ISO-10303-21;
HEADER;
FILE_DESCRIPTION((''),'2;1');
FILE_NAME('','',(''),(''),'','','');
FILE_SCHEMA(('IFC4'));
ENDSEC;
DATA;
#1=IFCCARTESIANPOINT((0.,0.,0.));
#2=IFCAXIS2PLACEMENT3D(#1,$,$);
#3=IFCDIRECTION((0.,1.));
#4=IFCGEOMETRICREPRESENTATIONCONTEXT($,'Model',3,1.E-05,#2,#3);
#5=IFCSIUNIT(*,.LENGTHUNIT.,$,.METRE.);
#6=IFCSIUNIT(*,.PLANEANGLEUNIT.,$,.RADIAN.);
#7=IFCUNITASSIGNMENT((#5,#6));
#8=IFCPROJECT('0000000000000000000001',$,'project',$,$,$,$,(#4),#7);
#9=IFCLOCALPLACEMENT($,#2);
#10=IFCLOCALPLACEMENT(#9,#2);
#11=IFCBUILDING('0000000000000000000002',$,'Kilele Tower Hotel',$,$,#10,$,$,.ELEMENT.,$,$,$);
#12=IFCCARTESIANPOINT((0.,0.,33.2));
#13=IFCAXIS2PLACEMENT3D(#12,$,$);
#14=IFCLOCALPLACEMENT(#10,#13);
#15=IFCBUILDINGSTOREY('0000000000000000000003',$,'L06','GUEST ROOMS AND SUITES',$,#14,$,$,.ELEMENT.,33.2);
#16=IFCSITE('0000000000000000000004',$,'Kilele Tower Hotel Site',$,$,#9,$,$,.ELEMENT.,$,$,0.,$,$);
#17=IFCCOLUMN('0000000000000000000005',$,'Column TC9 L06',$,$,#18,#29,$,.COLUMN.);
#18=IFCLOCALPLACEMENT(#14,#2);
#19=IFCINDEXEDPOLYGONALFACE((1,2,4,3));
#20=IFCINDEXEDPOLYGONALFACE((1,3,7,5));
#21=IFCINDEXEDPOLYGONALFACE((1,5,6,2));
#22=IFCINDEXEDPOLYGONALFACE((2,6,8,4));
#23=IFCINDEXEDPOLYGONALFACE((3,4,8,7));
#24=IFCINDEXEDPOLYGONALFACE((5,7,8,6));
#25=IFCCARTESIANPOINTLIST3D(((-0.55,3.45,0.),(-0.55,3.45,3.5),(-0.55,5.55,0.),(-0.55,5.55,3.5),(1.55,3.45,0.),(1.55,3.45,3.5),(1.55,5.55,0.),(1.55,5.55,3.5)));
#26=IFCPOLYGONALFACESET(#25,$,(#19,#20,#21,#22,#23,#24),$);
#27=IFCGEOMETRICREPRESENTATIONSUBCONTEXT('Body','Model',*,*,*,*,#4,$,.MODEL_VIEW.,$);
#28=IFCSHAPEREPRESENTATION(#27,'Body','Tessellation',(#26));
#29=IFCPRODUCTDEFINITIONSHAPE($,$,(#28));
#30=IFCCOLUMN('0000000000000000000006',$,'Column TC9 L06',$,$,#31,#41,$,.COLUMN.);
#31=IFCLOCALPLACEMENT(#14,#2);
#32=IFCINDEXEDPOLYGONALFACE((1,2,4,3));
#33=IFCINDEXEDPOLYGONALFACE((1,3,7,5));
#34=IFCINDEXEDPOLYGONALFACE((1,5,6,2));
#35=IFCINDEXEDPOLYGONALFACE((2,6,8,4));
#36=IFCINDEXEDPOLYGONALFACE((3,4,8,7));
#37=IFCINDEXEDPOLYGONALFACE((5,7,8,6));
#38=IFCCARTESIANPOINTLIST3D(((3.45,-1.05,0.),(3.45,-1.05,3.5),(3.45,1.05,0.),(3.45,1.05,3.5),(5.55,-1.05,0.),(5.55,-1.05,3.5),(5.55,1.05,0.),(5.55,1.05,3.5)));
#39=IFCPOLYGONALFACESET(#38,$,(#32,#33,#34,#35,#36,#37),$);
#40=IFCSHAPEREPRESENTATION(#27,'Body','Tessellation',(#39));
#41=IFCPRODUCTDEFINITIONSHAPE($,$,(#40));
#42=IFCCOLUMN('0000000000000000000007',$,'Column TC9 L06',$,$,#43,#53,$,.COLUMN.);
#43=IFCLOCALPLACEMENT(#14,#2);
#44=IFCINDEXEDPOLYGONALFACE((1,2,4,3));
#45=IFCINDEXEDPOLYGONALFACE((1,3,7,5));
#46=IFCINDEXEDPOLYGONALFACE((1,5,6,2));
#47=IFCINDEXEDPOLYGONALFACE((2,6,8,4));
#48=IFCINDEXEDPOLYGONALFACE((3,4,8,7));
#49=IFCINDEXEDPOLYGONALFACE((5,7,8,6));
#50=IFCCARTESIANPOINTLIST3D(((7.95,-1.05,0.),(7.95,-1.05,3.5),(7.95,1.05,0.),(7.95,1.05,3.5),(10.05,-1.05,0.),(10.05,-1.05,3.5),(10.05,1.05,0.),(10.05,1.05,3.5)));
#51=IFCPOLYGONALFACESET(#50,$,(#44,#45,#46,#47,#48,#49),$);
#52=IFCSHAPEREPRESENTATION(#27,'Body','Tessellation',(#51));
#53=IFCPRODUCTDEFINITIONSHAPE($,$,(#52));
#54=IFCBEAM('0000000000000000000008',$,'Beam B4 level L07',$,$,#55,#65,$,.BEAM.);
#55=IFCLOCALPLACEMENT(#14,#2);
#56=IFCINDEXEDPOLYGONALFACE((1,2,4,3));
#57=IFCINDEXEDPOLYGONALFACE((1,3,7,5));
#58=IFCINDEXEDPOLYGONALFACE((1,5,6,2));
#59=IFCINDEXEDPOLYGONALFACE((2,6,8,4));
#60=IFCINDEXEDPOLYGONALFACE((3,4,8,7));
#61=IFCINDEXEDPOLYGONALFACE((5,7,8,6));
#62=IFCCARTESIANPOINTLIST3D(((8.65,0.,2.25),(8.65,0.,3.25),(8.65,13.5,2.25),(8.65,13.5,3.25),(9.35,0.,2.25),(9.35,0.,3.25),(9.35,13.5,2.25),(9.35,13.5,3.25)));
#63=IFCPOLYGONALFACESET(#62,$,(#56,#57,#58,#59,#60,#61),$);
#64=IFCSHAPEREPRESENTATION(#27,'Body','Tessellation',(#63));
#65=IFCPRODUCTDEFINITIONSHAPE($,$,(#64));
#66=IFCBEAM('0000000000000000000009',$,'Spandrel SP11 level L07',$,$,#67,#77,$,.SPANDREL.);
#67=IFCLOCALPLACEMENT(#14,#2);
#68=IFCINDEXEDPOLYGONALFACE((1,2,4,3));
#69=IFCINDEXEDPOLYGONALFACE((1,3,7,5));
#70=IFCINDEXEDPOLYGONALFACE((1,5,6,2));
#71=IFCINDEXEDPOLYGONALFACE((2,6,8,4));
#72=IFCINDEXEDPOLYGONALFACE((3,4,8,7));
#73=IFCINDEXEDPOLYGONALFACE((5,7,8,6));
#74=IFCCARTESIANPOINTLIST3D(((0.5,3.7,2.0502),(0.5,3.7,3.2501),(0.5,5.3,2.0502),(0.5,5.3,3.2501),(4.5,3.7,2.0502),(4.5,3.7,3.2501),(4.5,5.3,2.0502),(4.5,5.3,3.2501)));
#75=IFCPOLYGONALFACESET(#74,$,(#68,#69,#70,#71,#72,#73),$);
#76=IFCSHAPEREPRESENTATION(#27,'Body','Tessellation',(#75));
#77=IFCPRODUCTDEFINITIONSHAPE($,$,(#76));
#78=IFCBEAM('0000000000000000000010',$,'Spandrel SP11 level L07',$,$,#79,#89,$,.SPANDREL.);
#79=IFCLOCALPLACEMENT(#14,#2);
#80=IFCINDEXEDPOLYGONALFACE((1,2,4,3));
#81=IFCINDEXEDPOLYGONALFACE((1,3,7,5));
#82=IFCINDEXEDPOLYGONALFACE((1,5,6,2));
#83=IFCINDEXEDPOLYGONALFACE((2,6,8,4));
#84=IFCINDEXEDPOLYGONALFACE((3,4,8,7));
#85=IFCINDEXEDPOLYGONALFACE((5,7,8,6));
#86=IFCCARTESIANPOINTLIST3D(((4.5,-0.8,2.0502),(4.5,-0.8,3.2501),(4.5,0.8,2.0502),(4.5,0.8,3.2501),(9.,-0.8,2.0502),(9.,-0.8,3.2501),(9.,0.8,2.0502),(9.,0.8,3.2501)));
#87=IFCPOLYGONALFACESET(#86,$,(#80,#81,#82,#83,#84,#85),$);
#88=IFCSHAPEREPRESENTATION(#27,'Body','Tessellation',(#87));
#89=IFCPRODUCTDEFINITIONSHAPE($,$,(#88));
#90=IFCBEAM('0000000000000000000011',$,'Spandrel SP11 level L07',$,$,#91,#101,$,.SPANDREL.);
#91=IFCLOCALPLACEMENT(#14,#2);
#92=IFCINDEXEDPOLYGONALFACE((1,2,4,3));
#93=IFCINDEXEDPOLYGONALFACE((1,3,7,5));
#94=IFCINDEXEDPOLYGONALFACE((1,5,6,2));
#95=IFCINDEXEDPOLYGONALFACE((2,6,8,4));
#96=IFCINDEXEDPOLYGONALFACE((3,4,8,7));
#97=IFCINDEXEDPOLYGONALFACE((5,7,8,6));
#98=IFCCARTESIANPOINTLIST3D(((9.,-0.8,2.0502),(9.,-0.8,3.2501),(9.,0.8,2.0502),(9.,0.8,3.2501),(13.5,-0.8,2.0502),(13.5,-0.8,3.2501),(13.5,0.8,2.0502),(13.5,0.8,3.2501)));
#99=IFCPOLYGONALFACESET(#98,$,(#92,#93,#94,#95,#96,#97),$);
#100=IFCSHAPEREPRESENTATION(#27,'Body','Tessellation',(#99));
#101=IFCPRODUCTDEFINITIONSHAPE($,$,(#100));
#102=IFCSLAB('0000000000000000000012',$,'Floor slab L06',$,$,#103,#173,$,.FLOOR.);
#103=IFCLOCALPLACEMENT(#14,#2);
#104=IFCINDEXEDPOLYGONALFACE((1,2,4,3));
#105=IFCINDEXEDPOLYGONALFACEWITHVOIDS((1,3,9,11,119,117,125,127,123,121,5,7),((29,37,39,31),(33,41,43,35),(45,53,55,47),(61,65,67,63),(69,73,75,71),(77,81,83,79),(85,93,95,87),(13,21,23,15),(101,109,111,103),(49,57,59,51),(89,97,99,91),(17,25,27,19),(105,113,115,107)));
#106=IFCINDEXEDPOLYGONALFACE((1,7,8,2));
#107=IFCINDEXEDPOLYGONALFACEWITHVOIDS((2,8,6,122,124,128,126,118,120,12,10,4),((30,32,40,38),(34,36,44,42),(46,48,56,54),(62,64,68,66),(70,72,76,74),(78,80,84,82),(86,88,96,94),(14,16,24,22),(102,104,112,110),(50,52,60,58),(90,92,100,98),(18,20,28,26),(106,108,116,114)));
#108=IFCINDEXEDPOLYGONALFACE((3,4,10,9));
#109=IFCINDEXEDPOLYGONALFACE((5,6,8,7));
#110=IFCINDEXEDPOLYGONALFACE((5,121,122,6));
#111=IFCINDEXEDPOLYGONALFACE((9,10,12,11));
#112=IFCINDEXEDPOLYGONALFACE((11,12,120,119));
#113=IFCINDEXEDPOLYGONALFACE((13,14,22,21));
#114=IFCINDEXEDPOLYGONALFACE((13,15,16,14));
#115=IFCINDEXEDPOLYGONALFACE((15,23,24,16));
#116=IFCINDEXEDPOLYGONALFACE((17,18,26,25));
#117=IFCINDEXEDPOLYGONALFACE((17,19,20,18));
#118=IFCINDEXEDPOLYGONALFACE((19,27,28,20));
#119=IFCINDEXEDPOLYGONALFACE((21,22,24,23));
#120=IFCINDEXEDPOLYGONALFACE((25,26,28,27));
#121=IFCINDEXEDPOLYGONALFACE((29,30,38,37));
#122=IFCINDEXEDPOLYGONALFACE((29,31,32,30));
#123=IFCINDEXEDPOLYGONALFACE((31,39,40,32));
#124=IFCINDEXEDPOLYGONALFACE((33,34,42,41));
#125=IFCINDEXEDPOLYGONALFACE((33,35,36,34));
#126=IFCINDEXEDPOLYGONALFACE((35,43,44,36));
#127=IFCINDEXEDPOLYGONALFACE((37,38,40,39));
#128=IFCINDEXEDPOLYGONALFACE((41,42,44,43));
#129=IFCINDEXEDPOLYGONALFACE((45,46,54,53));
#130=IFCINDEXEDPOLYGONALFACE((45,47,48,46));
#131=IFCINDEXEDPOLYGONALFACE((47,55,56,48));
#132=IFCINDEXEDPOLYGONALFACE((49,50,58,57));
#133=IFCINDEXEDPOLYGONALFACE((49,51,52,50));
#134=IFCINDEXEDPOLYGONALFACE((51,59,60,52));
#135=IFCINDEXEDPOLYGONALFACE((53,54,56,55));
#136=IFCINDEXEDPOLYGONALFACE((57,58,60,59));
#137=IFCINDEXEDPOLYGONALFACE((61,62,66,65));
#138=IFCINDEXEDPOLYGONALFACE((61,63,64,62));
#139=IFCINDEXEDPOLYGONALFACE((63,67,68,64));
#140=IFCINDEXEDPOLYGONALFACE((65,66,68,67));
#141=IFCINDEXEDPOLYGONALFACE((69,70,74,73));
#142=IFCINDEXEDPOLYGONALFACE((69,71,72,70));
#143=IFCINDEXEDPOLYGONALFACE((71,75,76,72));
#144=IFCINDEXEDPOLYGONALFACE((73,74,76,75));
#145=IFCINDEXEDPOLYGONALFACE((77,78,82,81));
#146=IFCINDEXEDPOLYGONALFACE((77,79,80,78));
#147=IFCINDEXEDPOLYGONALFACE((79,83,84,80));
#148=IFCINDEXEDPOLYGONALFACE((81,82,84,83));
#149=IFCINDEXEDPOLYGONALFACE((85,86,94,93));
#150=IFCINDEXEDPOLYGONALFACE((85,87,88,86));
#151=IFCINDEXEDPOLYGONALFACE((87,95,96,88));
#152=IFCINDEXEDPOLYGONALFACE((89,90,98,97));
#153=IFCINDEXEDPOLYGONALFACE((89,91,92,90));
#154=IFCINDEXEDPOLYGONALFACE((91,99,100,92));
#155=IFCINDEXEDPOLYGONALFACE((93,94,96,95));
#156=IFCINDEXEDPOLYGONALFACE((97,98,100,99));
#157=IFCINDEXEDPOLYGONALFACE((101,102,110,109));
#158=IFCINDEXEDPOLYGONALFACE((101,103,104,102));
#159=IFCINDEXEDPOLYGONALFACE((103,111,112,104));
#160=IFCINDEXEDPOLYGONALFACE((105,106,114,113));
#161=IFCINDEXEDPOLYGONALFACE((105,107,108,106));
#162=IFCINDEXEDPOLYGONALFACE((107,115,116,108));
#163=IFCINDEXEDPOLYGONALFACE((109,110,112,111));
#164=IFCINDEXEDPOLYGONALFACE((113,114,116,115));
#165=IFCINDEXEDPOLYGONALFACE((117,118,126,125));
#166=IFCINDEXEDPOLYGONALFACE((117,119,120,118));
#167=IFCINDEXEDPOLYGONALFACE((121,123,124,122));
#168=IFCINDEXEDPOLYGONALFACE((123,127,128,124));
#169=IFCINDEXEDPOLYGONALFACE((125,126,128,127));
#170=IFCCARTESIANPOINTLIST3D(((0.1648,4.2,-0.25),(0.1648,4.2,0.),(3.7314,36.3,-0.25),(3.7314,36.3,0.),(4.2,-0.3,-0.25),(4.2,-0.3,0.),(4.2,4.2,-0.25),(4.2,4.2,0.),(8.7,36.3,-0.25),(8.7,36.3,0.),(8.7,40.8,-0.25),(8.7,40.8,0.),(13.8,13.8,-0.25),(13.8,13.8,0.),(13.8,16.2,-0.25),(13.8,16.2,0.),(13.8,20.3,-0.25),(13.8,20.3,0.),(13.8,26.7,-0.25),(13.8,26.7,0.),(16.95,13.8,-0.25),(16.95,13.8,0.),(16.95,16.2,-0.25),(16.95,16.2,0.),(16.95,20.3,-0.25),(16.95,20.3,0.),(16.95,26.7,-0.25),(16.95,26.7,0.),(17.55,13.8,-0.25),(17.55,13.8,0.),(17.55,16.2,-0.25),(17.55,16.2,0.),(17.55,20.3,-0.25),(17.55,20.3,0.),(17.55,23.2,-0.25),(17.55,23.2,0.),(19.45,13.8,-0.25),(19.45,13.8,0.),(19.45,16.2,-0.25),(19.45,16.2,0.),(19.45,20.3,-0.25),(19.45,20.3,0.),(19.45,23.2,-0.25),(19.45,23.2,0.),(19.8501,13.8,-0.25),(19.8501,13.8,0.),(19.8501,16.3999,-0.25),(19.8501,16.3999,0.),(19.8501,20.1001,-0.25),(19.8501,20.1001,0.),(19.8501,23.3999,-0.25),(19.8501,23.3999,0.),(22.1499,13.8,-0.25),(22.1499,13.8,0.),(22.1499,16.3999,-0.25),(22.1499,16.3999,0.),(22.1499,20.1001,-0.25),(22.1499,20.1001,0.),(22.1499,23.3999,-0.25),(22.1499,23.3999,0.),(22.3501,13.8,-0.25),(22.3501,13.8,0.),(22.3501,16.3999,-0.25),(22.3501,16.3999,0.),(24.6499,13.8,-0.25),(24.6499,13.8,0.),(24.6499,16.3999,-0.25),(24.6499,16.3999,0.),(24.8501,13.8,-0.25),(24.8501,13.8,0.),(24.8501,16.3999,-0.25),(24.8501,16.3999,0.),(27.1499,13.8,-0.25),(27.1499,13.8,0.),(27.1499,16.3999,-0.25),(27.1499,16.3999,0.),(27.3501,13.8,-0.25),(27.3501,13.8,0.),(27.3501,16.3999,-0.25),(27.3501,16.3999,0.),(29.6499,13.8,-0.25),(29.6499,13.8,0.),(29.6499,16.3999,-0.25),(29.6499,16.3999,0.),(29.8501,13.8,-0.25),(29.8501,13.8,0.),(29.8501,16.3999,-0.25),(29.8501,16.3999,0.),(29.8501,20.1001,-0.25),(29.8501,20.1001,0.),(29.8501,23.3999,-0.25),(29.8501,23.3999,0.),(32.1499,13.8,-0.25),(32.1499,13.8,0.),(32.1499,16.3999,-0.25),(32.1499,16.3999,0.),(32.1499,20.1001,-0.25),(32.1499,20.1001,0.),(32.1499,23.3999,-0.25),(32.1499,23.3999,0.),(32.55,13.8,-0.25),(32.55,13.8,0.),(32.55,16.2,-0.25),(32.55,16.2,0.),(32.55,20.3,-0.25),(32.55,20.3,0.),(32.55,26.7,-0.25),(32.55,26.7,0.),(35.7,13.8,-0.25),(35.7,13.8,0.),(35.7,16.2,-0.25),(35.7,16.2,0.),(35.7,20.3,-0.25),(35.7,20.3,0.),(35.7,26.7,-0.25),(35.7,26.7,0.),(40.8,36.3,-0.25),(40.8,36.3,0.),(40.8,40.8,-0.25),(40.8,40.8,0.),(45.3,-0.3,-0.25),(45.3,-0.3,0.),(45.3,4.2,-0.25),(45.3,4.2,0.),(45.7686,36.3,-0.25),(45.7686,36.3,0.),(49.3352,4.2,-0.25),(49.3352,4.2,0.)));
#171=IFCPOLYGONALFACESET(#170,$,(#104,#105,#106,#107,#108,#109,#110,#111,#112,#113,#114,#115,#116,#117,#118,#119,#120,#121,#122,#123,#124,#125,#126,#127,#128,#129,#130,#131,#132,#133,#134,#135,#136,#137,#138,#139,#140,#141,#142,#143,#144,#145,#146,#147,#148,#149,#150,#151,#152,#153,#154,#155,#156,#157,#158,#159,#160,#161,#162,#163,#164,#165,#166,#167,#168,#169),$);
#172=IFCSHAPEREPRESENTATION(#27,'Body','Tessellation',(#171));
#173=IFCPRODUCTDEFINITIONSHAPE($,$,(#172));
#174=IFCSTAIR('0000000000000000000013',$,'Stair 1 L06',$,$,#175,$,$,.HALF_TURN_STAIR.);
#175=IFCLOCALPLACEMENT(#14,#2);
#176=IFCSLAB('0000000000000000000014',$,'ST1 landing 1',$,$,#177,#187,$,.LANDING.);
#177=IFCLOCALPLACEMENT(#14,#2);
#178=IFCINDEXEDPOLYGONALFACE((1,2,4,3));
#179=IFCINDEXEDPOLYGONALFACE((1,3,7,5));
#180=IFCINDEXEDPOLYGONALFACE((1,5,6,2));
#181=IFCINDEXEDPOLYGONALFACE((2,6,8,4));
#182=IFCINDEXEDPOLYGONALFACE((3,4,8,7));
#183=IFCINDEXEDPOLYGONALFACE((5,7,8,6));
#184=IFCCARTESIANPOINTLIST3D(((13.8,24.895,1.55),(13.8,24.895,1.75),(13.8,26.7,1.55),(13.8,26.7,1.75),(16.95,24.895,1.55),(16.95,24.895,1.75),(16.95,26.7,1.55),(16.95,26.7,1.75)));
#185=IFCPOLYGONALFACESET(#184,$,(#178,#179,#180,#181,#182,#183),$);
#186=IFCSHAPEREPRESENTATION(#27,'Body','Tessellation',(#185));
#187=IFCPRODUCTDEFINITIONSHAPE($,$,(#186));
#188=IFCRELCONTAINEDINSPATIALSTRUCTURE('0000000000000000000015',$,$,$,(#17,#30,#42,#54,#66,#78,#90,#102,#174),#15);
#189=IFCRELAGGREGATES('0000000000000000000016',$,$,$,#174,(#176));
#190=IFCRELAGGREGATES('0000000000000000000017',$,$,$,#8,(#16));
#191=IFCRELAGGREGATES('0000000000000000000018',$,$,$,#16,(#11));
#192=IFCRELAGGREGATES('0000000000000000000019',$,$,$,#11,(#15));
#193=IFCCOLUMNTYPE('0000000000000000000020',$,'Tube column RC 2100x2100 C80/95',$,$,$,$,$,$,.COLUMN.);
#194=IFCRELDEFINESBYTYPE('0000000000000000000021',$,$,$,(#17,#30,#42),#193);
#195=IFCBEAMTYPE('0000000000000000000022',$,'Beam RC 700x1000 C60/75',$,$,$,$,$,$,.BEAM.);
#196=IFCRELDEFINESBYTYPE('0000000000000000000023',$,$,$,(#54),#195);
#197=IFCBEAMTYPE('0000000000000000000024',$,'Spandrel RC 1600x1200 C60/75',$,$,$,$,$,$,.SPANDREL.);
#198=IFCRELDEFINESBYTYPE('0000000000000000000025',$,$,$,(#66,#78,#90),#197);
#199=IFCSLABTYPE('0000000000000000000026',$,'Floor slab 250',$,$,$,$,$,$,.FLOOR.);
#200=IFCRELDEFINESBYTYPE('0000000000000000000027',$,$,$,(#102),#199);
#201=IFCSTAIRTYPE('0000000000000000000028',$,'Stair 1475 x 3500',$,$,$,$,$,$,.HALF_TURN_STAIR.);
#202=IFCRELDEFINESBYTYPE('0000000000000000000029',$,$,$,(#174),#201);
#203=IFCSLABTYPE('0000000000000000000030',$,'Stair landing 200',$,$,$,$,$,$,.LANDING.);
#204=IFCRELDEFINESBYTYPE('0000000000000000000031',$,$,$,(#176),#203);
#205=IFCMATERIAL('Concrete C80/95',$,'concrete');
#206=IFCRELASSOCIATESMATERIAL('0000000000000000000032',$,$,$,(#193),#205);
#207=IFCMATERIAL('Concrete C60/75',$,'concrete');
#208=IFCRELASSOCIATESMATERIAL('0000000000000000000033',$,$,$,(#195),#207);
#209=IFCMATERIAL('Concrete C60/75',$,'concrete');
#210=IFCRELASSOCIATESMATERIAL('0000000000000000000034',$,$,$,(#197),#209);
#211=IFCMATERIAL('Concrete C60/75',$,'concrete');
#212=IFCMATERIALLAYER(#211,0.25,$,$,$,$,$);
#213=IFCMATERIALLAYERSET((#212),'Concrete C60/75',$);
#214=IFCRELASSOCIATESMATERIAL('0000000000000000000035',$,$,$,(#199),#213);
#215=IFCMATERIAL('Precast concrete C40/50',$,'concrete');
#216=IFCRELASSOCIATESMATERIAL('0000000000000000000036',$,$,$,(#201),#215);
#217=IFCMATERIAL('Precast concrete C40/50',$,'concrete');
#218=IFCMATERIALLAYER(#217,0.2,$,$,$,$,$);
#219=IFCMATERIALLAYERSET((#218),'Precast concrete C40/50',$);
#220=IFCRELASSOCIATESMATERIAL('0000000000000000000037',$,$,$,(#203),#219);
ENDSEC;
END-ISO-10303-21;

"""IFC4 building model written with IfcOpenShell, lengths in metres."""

from ifc_helpers import new_model, si_unit, direction, frame, origin, origin_2d, place, context, subcontext, project, spatial, polyline, rectangle, outline, extrude, material, layer, layer_set, material_profile, profile_set, type_object, element, aggregate, save


model = new_model("IFC4")

# Units and contexts
model_context = context("Model", 3, precision=1e-05, world=origin(), true_north=direction((0.0, 1.0)))
body_context = subcontext(model_context, "Body", "Model", "MODEL_VIEW")
ifc_project = project(units=[si_unit("LENGTHUNIT", "METRE"), si_unit("PLANEANGLEUNIT", "RADIAN")], contexts=[model_context])

# Site, building, storey
site_placement = place(None, origin())
site = spatial("IfcSite", under=ifc_project, at=site_placement, Name="Kilele Tower Hotel Site", CompositionType="ELEMENT", RefElevation=0.0)
building_placement = place(site_placement, origin())
building = spatial("IfcBuilding", under=site, at=building_placement, Name="Kilele Tower Hotel", CompositionType="ELEMENT")
storey_placement = place(building_placement, frame((0.0, 0.0, 33.2)))
storey = spatial("IfcBuildingStorey", under=building, at=storey_placement, Name="L06", Description="GUEST ROOMS AND SUITES", CompositionType="ELEMENT", Elevation=33.2)

# Columns
ifc_material_1 = material(Name="Concrete C80/95", Category="concrete")
ifc_material_profile_1 = material_profile(ifc_material_1, rectangle(XDim=2.1001, YDim=2.1001, at=origin_2d()))
ifc_profile_set_1 = profile_set([ifc_material_profile_1], Name="Concrete C80/95")
column_type = type_object("IfcColumnType", Name="Tube column RC 2100x2100 C80/95", PredefinedType="COLUMN", material=ifc_profile_set_1)
for number, where, z_axis, x_axis, name in (
    (1, (0.5, 4.5, 0.0), (0.0, 0.0, 1.0), (1.0, 0.0, 0.0), "Column TC9 L06"),
    (2, (4.5, 0.0, 0.0), (0.0, 0.0, 1.0), (1.0, 0.0, 0.0), "Column TC9 L06"),
    (3, (9.0, 0.0, 0.0), (0.0, 0.0, 1.0), (1.0, 0.0, 0.0), "Column TC9 L06"),
):
    element("IfcColumn", number, at=place(storey_placement, frame(where, z_axis=z_axis, x_axis=x_axis)), inside=storey, type_object=column_type, Name=name, PredefinedType="COLUMN", context=body_context, shape_type="SweptSolid", body=[
        extrude(rectangle(XDim=2.1001, YDim=2.1001, at=origin_2d()), origin(), (0.0, 0.0, 1.0), 3.5),
    ])

# Beams
ifc_material_2 = material(Name="Concrete C60/75", Category="concrete")
ifc_material_profile_2 = material_profile(ifc_material_2, rectangle(XDim=0.7, YDim=1.0, at=origin_2d()))
ifc_profile_set_2 = profile_set([ifc_material_profile_2], Name="Concrete C60/75")
beam_type_1 = type_object("IfcBeamType", Name="Beam RC 700x1000 C60/75", PredefinedType="BEAM", material=ifc_profile_set_2)
beam_1_placement = place(storey_placement, frame((9.0, 0.0, 2.75), z_axis=(0.0, 1.0, 0.0), x_axis=(-1.0, 0.0, 0.0)))
element("IfcBeam", 4, at=beam_1_placement, inside=storey, type_object=beam_type_1, Name="Beam B4 level L07", PredefinedType="BEAM", context=body_context, shape_type="SweptSolid", body=[
    extrude(rectangle(XDim=0.7, YDim=1.0, at=origin_2d()), origin(), (0.0, 0.0, 1.0), 13.5),
])
ifc_material_3 = material(Name="Concrete C60/75", Category="concrete")
ifc_material_profile_3 = material_profile(ifc_material_3, rectangle(XDim=1.6001, YDim=1.2, at=origin_2d()))
ifc_profile_set_3 = profile_set([ifc_material_profile_3], Name="Concrete C60/75")
beam_type_2 = type_object("IfcBeamType", Name="Spandrel RC 1600x1200 C60/75", PredefinedType="SPANDREL", material=ifc_profile_set_3)
beam_2_placement = place(storey_placement, frame((0.5, 4.5, 2.6501), z_axis=(1.0, 0.0, 0.0), x_axis=(0.0, 1.0, 0.0)))
element("IfcBeam", 5, at=beam_2_placement, inside=storey, type_object=beam_type_2, Name="Spandrel SP11 level L07", PredefinedType="SPANDREL", context=body_context, shape_type="SweptSolid", body=[
    extrude(rectangle(XDim=1.6001, YDim=1.2, at=origin_2d()), origin(), (0.0, 0.0, 1.0), 4.0),
])
for number, where, z_axis, x_axis, name in (
    (6, (4.5, 0.0, 2.6501), (1.0, 0.0, 0.0), (0.0, 1.0, 0.0), "Spandrel SP11 level L07"),
    (7, (9.0, 0.0, 2.6501), (1.0, 0.0, 0.0), (0.0, 1.0, 0.0), "Spandrel SP11 level L07"),
):
    element("IfcBeam", number, at=place(storey_placement, frame(where, z_axis=z_axis, x_axis=x_axis)), inside=storey, type_object=beam_type_2, Name=name, PredefinedType="SPANDREL", context=body_context, shape_type="SweptSolid", body=[
        extrude(rectangle(XDim=1.6001, YDim=1.2, at=origin_2d()), origin(), (0.0, 0.0, 1.0), 4.5),
    ])

# Slab
ifc_material_4 = material(Name="Concrete C60/75", Category="concrete")
ifc_layer_1 = layer(ifc_material_4, 0.25)
ifc_layer_set_1 = layer_set([ifc_layer_1], Name="Concrete C60/75")
slab_type_1 = type_object("IfcSlabType", Name="Floor slab 250", PredefinedType="FLOOR", material=ifc_layer_set_1)
slab_1_placement = place(storey_placement, frame((0.0, 0.0, -0.25)))
element("IfcSlab", 8, at=slab_1_placement, inside=storey, type_object=slab_type_1, Name="Floor slab L06", PredefinedType="FLOOR", context=body_context, shape_type="SweptSolid", body=[
    extrude(outline(polyline([(8.7, 36.3), (8.7, 40.8), (40.8, 40.8), (40.8, 36.3), (45.7686, 36.3), (49.3352, 4.2), (45.3, 4.2), (45.3, -0.3), (4.2, -0.3), (4.2, 4.2), (0.1648, 4.2), (3.7314, 36.3), (8.7, 36.3)]), holes=[polyline([(16.95, 16.2), (13.8, 16.2), (13.8, 13.8), (16.95, 13.8), (16.95, 16.2)]), polyline([(19.45, 13.8), (19.45, 16.2), (17.55, 16.2), (17.55, 13.8), (19.45, 13.8)]), polyline([(22.1499, 13.8), (22.1499, 16.3999), (19.8501, 16.3999), (19.8501, 13.8), (22.1499, 13.8)]), polyline([(24.6499, 16.3999), (22.3501, 16.3999), (22.3501, 13.8), (24.6499, 13.8), (24.6499, 16.3999)]), polyline([(19.45, 20.3), (19.45, 23.2), (17.55, 23.2), (17.55, 20.3), (19.45, 20.3)]), polyline([(22.1499, 20.1001), (22.1499, 23.3999), (19.8501, 23.3999), (19.8501, 20.1001), (22.1499, 20.1001)]), polyline([(16.95, 26.7), (13.8, 26.7), (13.8, 20.3), (16.95, 20.3), (16.95, 26.7)]), polyline([(35.7, 13.8), (35.7, 16.2), (32.55, 16.2), (32.55, 13.8), (35.7, 13.8)]), polyline([(27.1499, 13.8), (27.1499, 16.3999), (24.8501, 16.3999), (24.8501, 13.8), (27.1499, 13.8)]), polyline([(29.6499, 13.8), (29.6499, 16.3999), (27.3501, 16.3999), (27.3501, 13.8), (29.6499, 13.8)]), polyline([(32.1499, 13.8), (32.1499, 16.3999), (29.8501, 16.3999), (29.8501, 13.8), (32.1499, 13.8)]), polyline([(32.1499, 20.1001), (32.1499, 23.3999), (29.8501, 23.3999), (29.8501, 20.1001), (32.1499, 20.1001)]), polyline([(35.7, 20.3), (35.7, 26.7), (32.55, 26.7), (32.55, 20.3), (35.7, 20.3)])]), origin(), (0.0, 0.0, 1.0), 0.25),
])

# Stair, slab
ifc_material_5 = material(Name="Precast concrete C40/50", Category="concrete")
stair_type = type_object("IfcStairType", Name="Stair 1475 x 3500", PredefinedType="HALF_TURN_STAIR", material=ifc_material_5)
stair_1_placement = place(storey_placement, origin())
stair_1 = element("IfcStair", 9, at=stair_1_placement, inside=storey, type_object=stair_type, Name="Stair 1 L06", PredefinedType="HALF_TURN_STAIR")
ifc_material_6 = material(Name="Precast concrete C40/50", Category="concrete")
ifc_layer_2 = layer(ifc_material_6, 0.2)
ifc_layer_set_2 = layer_set([ifc_layer_2], Name="Precast concrete C40/50")
slab_type_2 = type_object("IfcSlabType", Name="Stair landing 200", PredefinedType="LANDING", material=ifc_layer_set_2)
slab_2_placement = place(storey_placement, frame((0.0, 0.0, 1.55)))
slab_2 = element("IfcSlab", 10, at=slab_2_placement, type_object=slab_type_2, Name="ST1 landing 1", PredefinedType="LANDING", context=body_context, shape_type="SweptSolid", body=[
    extrude(outline(polyline([(13.8, 24.895), (16.95, 24.895), (16.95, 26.7), (13.8, 26.7), (13.8, 24.895)])), origin(), (0.0, 0.0, 1.0), 0.2),
])
aggregate(stair_1, [slab_2])

save(model, "model.ifc")
